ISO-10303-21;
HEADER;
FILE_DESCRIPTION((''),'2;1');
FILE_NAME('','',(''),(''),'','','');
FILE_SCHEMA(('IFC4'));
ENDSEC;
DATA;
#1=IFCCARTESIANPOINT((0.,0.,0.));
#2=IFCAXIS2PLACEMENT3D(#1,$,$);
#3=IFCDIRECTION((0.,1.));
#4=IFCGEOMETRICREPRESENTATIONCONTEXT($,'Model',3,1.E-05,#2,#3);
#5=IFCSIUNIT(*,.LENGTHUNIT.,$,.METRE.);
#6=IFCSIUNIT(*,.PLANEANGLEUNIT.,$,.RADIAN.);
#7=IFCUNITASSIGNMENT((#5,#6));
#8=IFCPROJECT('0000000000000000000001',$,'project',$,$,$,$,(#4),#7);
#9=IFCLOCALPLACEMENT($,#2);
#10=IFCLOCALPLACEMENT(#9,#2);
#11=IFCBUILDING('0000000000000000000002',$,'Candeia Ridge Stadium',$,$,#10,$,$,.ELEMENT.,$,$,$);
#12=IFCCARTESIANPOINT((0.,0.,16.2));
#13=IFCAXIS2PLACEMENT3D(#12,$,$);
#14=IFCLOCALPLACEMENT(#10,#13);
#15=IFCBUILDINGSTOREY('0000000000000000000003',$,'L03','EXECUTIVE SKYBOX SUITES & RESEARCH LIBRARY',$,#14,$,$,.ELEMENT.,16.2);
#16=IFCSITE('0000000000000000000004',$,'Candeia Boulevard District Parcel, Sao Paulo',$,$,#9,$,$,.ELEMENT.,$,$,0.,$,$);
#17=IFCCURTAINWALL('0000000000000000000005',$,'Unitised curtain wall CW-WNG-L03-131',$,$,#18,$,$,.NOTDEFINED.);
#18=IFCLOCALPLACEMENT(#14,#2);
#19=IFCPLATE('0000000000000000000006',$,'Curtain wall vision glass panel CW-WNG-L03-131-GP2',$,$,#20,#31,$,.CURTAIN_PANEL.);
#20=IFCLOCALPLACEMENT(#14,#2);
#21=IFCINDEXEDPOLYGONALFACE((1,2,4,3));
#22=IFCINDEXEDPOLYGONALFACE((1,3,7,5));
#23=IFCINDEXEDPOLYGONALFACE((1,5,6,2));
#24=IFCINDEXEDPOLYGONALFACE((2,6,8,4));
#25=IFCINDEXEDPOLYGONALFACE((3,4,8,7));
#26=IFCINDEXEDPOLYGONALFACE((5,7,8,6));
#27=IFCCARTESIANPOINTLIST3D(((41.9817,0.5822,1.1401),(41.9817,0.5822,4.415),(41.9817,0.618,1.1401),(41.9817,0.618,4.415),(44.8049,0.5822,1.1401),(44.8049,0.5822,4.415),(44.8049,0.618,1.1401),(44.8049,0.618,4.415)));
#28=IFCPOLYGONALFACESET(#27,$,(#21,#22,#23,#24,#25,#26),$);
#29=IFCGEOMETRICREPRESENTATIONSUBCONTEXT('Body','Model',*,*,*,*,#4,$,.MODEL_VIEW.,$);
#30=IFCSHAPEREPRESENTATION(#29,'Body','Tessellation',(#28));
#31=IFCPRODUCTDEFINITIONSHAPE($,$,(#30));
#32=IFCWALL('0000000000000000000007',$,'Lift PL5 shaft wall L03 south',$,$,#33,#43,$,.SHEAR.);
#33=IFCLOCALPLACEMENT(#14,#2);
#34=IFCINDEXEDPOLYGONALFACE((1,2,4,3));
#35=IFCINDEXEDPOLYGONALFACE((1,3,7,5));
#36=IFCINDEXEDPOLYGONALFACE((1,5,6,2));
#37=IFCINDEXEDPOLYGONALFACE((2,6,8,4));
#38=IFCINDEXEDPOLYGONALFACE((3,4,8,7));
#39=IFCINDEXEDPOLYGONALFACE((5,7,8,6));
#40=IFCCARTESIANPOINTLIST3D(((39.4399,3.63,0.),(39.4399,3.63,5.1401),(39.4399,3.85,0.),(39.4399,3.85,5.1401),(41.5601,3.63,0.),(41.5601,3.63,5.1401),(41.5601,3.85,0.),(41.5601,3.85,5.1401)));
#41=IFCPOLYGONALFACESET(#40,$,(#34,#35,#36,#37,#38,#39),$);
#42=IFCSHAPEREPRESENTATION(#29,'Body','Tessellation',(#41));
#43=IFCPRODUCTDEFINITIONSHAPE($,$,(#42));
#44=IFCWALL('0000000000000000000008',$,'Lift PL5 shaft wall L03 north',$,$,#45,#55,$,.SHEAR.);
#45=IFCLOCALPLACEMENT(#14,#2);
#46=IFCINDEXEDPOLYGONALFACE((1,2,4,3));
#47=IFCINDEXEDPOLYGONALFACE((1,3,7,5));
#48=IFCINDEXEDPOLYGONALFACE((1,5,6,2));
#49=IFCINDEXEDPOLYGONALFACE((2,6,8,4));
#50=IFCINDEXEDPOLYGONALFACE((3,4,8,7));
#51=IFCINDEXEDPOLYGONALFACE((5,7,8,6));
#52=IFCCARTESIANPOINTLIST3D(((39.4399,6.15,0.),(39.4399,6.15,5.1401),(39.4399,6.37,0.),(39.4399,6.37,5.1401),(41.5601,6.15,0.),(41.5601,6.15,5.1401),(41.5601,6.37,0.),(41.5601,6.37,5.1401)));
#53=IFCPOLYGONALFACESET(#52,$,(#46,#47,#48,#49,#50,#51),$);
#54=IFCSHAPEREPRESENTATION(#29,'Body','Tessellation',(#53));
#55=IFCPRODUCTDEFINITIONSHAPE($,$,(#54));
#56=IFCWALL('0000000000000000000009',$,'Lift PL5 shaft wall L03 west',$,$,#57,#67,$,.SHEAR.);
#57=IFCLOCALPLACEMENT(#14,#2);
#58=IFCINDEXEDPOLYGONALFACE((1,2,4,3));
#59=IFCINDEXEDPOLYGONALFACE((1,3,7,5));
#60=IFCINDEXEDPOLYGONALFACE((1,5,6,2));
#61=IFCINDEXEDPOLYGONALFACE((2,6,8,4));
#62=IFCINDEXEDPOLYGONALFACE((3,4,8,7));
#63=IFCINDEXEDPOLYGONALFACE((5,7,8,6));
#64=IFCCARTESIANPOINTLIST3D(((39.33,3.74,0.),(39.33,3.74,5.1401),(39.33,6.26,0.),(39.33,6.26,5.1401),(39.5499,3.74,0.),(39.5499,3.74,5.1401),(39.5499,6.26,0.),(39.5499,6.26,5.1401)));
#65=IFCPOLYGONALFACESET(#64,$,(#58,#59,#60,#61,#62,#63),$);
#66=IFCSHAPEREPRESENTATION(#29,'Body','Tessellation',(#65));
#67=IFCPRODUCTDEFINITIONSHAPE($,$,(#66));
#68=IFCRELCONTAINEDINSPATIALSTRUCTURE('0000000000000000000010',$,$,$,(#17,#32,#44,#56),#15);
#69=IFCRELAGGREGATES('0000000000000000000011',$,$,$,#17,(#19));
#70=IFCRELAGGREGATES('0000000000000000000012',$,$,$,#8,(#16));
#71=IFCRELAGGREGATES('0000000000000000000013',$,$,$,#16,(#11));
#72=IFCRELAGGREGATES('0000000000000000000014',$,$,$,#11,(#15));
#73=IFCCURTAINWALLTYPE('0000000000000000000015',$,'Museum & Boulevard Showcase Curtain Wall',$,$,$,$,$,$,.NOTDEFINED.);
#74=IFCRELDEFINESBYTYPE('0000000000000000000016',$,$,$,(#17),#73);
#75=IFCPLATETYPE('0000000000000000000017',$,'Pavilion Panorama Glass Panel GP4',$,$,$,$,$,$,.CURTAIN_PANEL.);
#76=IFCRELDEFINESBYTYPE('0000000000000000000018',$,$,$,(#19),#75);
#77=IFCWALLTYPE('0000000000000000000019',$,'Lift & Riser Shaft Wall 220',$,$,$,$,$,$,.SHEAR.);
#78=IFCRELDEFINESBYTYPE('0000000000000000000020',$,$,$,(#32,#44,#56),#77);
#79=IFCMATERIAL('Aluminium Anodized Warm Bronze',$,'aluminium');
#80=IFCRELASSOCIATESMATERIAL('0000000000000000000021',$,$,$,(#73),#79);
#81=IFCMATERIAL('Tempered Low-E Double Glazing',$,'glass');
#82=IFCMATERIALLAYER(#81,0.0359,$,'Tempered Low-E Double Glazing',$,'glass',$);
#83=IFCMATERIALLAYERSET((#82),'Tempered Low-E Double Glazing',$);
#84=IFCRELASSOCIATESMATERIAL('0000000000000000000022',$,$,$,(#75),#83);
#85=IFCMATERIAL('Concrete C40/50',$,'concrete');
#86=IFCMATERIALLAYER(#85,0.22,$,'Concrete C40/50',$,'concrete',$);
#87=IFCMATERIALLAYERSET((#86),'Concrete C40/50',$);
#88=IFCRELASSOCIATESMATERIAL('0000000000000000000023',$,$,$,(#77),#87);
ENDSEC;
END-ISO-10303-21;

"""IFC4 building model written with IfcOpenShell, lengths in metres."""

from ifc_helpers import new_model, si_unit, direction, frame, frame_2d, origin, origin_2d, place, context, subcontext, project, spatial, rectangle, extrude, material, layer, layer_set, type_object, element, aggregate, save


model = new_model("IFC4")

# Units and contexts
model_context = context("Model", 3, precision=1e-05, world=origin(), true_north=direction((0.0, 1.0)))
body_context = subcontext(model_context, "Body", "Model", "MODEL_VIEW")
ifc_project = project(units=[si_unit("LENGTHUNIT", "METRE"), si_unit("PLANEANGLEUNIT", "RADIAN")], contexts=[model_context])

# Site, building, storey
site_placement = place(None, origin())
site = spatial("IfcSite", under=ifc_project, at=site_placement, Name="Candeia Boulevard District Parcel, Sao Paulo", CompositionType="ELEMENT", RefElevation=0.0)
building_placement = place(site_placement, origin())
building = spatial("IfcBuilding", under=site, at=building_placement, Name="Candeia Ridge Stadium", CompositionType="ELEMENT")
storey_placement = place(building_placement, frame((0.0, 0.0, 16.2)))
storey = spatial("IfcBuildingStorey", under=building, at=storey_placement, Name="L03", Description="EXECUTIVE SKYBOX SUITES & RESEARCH LIBRARY", CompositionType="ELEMENT", Elevation=16.2)

# Shared definitions
ifc_material_1 = material(Name="Concrete C40/50", Category="concrete")

# Curtain wall
ifc_material_2 = material(Name="Aluminium Anodized Warm Bronze", Category="aluminium")
curtain_wall_type = type_object("IfcCurtainWallType", Name="Museum & Boulevard Showcase Curtain Wall", PredefinedType="NOTDEFINED", material=ifc_material_2)
curtain_wall_placement = place(storey_placement, origin())
curtain_wall = element("IfcCurtainWall", 1, at=curtain_wall_placement, inside=storey, type_object=curtain_wall_type, Name="Unitised curtain wall CW-WNG-L03-131", PredefinedType="NOTDEFINED")

# Plate
ifc_material_3 = material(Name="Tempered Low-E Double Glazing", Category="glass")
ifc_layer_1 = layer(ifc_material_3, 0.0359, Name="Tempered Low-E Double Glazing", Category="glass")
ifc_layer_set_1 = layer_set([ifc_layer_1], Name="Tempered Low-E Double Glazing")
plate_type_1 = type_object("IfcPlateType", Name="Pavilion Panorama Glass Panel GP4", PredefinedType="CURTAIN_PANEL", material=ifc_layer_set_1)
plate_1_placement = place(storey_placement, frame((43.3933, 0.6001, 1.1401), z_axis=(0.0, 0.0, 1.0), x_axis=(1.0, 0.0, 0.0)))
plate_1 = element("IfcPlate", 2, at=plate_1_placement, type_object=plate_type_1, Name="Curtain wall vision glass panel CW-WNG-L03-131-GP2", PredefinedType="CURTAIN_PANEL", context=body_context, shape_type="SweptSolid", body=[
    extrude(rectangle(XDim=2.8232, YDim=0.0359, at=origin_2d()), origin(), (0.0, 0.0, 1.0), 3.2749),
])
aggregate(curtain_wall, [plate_1])

# Wall
ifc_layer_2 = layer(ifc_material_1, 0.22, Name="Concrete C40/50", Category="concrete")
ifc_layer_set_2 = layer_set([ifc_layer_2], Name="Concrete C40/50")
wall_type = type_object("IfcWallType", Name="Lift & Riser Shaft Wall 220", PredefinedType="SHEAR", material=ifc_layer_set_2)
wall_1_placement = place(storey_placement, frame((39.4399, 3.74, 0.0), z_axis=(0.0, 0.0, 1.0), x_axis=(1.0, 0.0, 0.0)))
element("IfcWall", 3, at=wall_1_placement, inside=storey, type_object=wall_type, Name="Lift PL5 shaft wall L03 south", PredefinedType="SHEAR", context=body_context, shape_type="SweptSolid", body=[
    extrude(rectangle(XDim=2.1201, YDim=0.22, at=frame_2d((1.0601, 0.0))), origin(), (0.0, 0.0, 1.0), 5.1401),
])

# Walls
wall_2_placement = place(storey_placement, frame((41.5601, 6.26, 0.0), z_axis=(0.0, 0.0, 1.0), x_axis=(-1.0, 0.0, 0.0)))
element("IfcWall", 4, at=wall_2_placement, inside=storey, type_object=wall_type, Name="Lift PL5 shaft wall L03 north", PredefinedType="SHEAR", context=body_context, shape_type="SweptSolid", body=[
    extrude(rectangle(XDim=2.1201, YDim=0.22, at=frame_2d((1.0601, 0.0))), origin(), (0.0, 0.0, 1.0), 5.1401),
])
wall_3_placement = place(storey_placement, frame((39.4399, 6.26, 0.0), z_axis=(0.0, 0.0, 1.0), x_axis=(0.0, -1.0, 0.0)))
element("IfcWall", 5, at=wall_3_placement, inside=storey, type_object=wall_type, Name="Lift PL5 shaft wall L03 west", PredefinedType="SHEAR", context=body_context, shape_type="SweptSolid", body=[
    extrude(rectangle(XDim=2.52, YDim=0.22, at=frame_2d((1.26, 0.0))), origin(), (0.0, 0.0, 1.0), 5.1401),
])

save(model, "model.ifc")
